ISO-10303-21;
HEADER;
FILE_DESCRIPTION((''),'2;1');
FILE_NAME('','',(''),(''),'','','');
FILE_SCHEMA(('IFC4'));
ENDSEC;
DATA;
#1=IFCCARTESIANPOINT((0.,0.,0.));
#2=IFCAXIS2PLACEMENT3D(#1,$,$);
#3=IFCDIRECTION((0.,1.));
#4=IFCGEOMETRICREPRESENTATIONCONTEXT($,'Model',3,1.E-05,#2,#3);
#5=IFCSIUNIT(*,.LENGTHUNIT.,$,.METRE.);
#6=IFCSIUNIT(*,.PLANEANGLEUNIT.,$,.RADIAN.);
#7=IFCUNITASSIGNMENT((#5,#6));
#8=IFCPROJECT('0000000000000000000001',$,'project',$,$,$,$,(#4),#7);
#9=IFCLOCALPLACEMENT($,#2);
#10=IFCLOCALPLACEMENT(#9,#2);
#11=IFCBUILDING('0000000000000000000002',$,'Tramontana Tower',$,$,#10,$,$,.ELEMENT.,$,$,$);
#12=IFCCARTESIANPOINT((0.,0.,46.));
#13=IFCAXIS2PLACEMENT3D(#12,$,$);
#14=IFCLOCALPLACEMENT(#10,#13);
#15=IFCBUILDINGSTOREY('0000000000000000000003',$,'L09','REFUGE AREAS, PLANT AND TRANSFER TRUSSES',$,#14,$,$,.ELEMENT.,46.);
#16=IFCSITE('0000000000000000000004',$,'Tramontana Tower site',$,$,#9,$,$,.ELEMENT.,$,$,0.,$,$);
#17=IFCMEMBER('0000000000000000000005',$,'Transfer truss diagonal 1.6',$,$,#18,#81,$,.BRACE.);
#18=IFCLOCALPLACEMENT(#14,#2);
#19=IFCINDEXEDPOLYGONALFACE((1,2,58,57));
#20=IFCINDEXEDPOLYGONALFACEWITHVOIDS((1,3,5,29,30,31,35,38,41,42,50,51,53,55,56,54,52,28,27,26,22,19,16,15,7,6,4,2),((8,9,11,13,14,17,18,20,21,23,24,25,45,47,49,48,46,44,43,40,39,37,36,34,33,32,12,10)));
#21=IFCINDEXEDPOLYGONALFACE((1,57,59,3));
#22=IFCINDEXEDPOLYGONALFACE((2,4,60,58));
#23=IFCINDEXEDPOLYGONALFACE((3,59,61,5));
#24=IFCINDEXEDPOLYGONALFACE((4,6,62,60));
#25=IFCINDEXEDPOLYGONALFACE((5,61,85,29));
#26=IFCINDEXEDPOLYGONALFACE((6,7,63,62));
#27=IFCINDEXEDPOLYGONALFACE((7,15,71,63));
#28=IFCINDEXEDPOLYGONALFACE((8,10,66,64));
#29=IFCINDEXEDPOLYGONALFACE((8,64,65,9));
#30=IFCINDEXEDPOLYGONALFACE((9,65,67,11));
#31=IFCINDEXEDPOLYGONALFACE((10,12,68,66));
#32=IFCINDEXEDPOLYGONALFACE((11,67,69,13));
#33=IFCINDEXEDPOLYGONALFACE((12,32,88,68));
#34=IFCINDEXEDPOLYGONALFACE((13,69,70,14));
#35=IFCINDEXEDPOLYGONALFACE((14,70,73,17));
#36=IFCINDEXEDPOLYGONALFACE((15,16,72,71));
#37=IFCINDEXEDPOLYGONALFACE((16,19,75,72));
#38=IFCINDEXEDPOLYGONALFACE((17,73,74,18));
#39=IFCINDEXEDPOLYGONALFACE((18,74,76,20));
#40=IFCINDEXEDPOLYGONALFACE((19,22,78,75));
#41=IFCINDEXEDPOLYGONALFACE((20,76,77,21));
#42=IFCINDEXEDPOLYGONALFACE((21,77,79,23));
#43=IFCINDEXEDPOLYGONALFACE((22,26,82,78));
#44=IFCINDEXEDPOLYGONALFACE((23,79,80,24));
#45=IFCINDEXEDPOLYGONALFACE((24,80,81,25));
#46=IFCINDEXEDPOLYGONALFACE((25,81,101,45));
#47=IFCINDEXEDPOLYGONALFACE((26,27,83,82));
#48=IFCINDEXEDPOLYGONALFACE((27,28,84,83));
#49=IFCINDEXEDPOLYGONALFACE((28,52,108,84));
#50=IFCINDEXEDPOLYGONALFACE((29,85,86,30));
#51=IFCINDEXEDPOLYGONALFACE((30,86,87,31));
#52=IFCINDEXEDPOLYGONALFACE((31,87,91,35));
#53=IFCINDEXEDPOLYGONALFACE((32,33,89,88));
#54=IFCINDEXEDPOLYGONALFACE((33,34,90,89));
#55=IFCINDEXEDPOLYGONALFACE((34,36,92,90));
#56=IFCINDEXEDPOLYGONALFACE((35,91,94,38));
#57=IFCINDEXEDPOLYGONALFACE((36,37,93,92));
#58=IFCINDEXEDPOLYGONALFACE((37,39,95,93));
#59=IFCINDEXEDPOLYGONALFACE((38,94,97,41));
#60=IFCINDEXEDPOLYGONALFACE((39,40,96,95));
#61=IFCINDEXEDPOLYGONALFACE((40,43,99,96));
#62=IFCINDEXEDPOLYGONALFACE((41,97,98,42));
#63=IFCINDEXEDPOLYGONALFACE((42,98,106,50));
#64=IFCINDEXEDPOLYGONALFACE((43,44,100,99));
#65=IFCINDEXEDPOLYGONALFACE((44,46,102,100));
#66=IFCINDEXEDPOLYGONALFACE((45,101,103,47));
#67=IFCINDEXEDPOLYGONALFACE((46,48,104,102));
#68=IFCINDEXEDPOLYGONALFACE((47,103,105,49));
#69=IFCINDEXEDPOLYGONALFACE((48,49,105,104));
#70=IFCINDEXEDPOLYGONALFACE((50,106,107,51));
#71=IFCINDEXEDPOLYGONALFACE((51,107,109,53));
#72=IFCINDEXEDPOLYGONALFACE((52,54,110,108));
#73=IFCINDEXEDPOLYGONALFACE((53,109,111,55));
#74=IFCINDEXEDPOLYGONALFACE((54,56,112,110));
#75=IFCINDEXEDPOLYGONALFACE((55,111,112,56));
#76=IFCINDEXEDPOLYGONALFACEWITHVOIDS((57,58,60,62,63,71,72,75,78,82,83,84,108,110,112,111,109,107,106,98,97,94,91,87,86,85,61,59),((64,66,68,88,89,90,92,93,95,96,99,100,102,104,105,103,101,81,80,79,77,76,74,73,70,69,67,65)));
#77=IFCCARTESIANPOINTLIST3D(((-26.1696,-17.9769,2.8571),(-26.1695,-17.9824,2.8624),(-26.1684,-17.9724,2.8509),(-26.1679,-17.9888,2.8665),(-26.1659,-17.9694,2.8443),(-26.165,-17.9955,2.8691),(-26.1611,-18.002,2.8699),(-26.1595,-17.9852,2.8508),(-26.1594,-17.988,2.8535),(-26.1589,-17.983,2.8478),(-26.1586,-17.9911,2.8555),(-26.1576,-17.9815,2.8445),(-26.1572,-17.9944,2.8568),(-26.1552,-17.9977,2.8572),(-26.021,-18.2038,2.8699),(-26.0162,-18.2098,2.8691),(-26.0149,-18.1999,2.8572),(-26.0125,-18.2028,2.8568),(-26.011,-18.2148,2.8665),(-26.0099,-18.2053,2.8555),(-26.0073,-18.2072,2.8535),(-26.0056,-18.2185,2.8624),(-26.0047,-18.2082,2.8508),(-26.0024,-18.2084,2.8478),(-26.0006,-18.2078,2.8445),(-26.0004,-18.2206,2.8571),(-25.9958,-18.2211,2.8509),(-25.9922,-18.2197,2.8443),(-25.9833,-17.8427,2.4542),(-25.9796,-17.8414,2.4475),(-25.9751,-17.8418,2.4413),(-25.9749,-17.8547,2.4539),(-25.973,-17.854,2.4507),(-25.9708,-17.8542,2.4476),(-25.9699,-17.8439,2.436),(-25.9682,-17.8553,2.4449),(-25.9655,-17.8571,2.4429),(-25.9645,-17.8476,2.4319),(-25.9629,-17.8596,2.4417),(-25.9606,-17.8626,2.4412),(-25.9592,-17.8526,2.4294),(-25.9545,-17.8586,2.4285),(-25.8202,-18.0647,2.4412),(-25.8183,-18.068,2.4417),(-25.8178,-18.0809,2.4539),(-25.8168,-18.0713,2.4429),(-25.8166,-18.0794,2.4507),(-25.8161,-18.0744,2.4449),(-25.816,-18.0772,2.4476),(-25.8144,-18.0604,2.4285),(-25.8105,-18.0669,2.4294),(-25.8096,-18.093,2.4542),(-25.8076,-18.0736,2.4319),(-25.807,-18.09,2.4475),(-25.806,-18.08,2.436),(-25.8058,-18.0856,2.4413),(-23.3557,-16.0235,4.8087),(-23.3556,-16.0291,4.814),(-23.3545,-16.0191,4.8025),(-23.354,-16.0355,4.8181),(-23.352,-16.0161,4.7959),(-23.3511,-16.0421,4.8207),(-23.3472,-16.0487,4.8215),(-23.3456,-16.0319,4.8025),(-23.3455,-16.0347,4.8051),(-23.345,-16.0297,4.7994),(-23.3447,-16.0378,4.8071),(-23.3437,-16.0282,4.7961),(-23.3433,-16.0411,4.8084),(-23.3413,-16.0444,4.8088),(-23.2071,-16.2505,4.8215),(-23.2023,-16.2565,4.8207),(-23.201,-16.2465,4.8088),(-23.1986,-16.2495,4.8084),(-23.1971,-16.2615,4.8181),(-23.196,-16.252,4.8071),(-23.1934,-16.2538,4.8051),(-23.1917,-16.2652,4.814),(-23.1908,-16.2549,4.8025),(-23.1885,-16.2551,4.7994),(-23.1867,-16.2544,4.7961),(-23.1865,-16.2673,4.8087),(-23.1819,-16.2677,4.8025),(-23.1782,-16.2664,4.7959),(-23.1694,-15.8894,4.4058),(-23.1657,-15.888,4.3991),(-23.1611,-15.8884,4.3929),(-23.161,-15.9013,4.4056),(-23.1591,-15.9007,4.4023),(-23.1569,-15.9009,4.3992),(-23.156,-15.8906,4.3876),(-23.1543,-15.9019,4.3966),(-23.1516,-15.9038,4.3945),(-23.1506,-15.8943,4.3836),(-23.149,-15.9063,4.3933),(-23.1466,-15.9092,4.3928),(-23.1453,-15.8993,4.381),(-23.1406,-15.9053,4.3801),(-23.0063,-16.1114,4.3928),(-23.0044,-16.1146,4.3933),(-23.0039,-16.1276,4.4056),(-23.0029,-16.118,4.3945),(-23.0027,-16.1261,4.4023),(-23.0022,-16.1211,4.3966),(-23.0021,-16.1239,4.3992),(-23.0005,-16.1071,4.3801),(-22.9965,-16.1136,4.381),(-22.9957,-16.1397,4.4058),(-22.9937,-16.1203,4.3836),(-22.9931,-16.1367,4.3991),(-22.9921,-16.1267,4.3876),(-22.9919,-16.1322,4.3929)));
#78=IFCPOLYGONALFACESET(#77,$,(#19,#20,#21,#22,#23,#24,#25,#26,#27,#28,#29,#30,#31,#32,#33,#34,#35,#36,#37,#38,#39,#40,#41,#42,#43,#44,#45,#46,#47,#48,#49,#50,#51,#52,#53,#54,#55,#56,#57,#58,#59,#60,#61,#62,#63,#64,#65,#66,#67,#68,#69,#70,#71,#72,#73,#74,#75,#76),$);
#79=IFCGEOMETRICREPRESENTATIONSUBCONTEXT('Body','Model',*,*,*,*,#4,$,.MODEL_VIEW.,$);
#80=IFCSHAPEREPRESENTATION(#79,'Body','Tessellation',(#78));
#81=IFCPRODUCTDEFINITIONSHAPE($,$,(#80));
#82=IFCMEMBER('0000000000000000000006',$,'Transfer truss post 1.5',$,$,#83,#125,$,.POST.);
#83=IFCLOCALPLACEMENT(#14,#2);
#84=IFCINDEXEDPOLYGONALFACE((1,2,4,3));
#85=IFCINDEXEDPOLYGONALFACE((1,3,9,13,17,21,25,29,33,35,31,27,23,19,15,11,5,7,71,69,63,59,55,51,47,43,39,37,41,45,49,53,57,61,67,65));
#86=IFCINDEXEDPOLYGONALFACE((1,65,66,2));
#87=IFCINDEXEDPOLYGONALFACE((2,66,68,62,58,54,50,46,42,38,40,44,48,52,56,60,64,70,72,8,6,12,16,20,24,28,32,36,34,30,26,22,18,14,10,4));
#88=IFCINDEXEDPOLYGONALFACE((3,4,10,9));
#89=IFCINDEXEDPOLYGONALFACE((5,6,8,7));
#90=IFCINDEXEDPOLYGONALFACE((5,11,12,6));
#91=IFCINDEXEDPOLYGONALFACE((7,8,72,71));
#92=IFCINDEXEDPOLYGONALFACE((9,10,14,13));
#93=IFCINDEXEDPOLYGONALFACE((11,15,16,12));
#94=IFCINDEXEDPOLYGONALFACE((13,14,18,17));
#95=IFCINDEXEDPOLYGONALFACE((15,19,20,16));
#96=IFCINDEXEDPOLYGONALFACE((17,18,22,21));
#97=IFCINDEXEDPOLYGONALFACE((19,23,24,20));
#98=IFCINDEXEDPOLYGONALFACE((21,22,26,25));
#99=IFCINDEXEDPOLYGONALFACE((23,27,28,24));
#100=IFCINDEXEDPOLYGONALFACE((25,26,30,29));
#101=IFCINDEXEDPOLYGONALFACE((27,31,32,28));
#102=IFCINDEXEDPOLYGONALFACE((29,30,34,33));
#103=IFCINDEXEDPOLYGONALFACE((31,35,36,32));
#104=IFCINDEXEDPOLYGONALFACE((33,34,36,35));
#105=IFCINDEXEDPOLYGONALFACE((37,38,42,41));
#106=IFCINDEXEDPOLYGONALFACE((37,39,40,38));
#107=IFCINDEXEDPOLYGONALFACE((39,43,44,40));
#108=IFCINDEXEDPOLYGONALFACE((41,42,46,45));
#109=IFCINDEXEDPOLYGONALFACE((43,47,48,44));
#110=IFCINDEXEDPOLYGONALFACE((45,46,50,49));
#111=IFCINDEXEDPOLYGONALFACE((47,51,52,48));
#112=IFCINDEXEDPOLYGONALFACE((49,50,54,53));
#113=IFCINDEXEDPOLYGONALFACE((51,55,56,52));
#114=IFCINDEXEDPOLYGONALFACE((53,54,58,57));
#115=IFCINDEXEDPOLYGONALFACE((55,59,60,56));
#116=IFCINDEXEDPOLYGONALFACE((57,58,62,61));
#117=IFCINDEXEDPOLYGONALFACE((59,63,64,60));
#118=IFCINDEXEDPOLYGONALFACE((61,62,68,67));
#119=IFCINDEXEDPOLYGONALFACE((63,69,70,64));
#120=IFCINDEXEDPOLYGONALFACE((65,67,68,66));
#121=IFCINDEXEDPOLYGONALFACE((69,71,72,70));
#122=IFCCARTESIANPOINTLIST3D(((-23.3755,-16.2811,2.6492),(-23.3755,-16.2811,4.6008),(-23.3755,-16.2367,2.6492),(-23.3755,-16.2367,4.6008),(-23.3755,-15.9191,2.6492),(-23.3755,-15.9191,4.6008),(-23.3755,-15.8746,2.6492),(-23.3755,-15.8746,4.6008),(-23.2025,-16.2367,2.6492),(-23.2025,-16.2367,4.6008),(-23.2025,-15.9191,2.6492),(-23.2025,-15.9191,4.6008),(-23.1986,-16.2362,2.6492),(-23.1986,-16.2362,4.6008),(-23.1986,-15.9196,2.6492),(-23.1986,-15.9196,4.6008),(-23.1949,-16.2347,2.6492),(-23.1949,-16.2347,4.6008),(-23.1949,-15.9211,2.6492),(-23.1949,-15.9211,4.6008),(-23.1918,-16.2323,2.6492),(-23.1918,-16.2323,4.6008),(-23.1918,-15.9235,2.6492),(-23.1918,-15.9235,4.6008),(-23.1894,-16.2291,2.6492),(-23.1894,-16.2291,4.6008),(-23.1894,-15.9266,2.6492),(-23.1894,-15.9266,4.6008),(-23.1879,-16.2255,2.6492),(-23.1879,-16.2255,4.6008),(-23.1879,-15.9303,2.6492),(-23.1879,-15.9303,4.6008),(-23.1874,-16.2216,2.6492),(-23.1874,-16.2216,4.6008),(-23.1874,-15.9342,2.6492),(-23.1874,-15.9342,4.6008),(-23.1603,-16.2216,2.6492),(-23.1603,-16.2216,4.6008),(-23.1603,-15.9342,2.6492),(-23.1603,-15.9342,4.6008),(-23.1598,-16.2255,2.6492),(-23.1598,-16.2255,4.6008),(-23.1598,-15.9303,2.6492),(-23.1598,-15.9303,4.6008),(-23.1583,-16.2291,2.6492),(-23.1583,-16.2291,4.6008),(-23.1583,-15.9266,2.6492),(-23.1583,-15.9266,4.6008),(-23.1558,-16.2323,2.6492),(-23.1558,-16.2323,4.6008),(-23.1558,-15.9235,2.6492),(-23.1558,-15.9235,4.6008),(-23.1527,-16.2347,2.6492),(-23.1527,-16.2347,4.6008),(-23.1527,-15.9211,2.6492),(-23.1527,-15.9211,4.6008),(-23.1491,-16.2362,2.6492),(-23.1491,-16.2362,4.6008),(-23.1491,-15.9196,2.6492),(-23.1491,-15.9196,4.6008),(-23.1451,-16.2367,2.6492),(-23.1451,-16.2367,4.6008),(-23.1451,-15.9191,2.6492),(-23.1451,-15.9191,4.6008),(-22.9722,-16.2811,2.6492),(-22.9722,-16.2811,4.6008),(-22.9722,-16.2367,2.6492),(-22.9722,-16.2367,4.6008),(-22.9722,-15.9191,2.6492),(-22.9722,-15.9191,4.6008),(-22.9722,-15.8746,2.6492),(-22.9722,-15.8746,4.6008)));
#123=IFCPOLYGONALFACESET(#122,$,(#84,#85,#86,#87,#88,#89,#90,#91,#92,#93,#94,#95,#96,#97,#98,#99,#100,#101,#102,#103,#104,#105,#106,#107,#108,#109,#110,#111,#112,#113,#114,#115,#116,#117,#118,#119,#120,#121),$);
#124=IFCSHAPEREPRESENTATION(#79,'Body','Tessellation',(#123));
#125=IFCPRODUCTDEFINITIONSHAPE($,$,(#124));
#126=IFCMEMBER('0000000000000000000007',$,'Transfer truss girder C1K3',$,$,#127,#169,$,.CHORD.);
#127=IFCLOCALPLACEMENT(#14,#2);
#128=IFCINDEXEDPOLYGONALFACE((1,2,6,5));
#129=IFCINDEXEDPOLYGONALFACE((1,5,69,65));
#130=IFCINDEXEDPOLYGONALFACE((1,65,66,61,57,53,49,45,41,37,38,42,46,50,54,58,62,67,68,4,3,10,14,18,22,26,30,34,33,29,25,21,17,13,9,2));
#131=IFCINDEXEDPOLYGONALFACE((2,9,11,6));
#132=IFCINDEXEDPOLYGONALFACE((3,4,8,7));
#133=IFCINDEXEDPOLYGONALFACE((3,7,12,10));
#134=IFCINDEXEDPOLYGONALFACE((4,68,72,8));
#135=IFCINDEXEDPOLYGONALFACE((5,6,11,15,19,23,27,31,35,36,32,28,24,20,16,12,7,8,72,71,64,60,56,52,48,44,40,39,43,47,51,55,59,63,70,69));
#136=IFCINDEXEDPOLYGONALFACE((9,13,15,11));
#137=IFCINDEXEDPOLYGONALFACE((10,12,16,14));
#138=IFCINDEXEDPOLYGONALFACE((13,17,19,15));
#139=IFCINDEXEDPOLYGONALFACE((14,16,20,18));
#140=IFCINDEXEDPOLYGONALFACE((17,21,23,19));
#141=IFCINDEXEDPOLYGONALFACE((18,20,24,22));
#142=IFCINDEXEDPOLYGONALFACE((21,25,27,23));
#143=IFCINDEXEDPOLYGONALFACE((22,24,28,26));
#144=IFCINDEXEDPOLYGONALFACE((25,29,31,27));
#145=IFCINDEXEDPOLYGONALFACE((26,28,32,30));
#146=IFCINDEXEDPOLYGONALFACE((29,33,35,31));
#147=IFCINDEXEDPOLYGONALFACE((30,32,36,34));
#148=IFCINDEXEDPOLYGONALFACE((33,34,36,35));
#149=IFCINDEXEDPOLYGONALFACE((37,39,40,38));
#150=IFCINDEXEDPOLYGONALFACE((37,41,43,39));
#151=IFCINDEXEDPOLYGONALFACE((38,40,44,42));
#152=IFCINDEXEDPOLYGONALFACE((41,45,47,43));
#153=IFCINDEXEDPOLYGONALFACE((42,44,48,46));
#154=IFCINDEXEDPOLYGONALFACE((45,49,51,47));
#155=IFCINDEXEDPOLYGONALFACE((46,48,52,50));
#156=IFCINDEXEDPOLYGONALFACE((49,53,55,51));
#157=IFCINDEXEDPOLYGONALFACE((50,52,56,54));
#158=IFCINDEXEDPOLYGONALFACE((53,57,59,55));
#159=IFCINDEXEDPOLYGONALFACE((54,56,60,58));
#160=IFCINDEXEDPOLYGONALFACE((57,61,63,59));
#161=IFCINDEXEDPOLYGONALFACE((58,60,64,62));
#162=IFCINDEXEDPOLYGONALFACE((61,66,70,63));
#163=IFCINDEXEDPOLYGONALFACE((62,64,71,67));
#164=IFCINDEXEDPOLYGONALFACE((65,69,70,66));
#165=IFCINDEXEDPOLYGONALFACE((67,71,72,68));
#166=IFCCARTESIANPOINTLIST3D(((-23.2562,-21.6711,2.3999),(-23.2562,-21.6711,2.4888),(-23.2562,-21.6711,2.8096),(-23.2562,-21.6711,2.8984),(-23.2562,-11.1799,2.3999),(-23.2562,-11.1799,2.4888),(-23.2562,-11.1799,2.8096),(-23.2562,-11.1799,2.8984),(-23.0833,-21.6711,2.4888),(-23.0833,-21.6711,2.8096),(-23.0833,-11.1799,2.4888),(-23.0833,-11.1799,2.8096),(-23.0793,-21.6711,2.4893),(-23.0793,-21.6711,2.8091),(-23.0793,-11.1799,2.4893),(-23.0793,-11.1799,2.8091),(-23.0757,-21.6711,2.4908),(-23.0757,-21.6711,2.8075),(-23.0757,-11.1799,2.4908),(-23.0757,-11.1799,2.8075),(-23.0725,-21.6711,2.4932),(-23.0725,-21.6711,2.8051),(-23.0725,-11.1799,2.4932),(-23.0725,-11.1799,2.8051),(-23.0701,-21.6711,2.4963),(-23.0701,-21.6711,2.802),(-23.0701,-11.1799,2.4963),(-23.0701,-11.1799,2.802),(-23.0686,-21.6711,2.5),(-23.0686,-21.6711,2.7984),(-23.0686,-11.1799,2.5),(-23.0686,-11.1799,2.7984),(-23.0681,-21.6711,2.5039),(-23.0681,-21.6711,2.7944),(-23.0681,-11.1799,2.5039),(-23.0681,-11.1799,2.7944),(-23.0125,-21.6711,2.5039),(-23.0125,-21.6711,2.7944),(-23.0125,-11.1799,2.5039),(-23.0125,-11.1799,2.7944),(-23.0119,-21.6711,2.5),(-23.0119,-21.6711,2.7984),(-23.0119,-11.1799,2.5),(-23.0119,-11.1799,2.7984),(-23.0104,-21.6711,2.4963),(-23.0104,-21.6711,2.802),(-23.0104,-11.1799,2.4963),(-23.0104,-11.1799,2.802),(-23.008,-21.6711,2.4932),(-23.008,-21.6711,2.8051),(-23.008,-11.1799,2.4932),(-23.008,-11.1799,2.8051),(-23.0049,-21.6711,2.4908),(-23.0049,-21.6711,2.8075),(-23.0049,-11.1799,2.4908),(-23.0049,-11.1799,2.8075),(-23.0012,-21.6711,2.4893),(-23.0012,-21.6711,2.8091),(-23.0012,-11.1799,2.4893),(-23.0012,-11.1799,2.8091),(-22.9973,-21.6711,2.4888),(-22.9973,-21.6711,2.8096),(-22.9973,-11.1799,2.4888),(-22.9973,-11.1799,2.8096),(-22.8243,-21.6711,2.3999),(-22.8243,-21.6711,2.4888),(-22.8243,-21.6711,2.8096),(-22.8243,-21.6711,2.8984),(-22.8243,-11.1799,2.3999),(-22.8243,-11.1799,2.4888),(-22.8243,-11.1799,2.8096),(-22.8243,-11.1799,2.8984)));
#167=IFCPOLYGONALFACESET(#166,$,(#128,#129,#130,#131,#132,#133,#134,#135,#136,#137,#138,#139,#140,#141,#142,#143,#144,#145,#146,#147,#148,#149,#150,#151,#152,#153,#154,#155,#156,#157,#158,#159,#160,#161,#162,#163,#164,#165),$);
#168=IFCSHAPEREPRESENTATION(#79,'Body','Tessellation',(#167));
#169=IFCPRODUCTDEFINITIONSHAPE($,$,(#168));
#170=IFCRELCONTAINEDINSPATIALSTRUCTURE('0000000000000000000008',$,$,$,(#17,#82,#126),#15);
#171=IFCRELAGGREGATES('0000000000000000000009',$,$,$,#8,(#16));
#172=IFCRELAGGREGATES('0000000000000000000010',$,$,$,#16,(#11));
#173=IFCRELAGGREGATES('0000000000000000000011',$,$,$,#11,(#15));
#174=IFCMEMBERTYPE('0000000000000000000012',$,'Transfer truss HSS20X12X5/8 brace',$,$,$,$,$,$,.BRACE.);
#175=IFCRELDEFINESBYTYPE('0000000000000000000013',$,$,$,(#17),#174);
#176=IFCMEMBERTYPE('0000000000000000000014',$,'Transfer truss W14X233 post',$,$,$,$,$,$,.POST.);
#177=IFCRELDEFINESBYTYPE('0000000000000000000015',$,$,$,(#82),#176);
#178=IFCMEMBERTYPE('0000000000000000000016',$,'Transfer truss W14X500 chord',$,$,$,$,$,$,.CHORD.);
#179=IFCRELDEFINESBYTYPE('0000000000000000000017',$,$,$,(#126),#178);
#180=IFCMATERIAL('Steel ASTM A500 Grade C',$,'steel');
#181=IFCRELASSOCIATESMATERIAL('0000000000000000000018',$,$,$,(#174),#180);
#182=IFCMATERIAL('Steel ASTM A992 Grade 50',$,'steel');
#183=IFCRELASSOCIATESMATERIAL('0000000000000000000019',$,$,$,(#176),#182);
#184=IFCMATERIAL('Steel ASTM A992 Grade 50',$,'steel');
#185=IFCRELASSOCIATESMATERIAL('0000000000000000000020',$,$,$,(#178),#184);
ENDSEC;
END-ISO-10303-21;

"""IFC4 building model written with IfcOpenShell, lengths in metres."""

from ifc_helpers import new_model, si_unit, direction, frame, origin, origin_2d, place, context, subcontext, project, spatial, hollow_rectangle, i_section, extrude, material, material_profile, profile_set, type_object, element, save


model = new_model("IFC4")

# Units and contexts
model_context = context("Model", 3, precision=1e-05, world=origin(), true_north=direction((0.0, 1.0)))
body_context = subcontext(model_context, "Body", "Model", "MODEL_VIEW")
ifc_project = project(units=[si_unit("LENGTHUNIT", "METRE"), si_unit("PLANEANGLEUNIT", "RADIAN")], contexts=[model_context])

# Site, building, storey
site_placement = place(None, origin())
site = spatial("IfcSite", under=ifc_project, at=site_placement, Name="Tramontana Tower site", CompositionType="ELEMENT", RefElevation=0.0)
building_placement = place(site_placement, origin())
building = spatial("IfcBuilding", under=site, at=building_placement, Name="Tramontana Tower", CompositionType="ELEMENT")
storey_placement = place(building_placement, frame((0.0, 0.0, 46.0)))
storey = spatial("IfcBuildingStorey", under=building, at=storey_placement, Name="L09", Description="REFUGE AREAS, PLANT AND TRANSFER TRUSSES", CompositionType="ELEMENT", Elevation=46.0)

# Members
ifc_material_1 = material(Name="Steel ASTM A500 Grade C", Category="steel")
ifc_material_profile_1 = material_profile(ifc_material_1, hollow_rectangle(XDim=0.3047, YDim=0.5081, WallThickness=0.0146, InnerFilletRadius=0.0146, OuterFilletRadius=0.0295, at=origin_2d()), Name="HSS20X12X5/8")
ifc_profile_set_1 = profile_set([ifc_material_profile_1], Name="Steel ASTM A500 Grade C")
member_type_1 = type_object("IfcMemberType", Name="Transfer truss HSS20X12X5/8 brace", PredefinedType="BRACE", material=ifc_profile_set_1)
member_1_placement = place(storey_placement, frame((-23.1738, -16.0779, 4.6008), z_axis=(-0.713758, -0.495469, -0.495036), x_axis=(0.570244, -0.821476, 0.0)))
element("IfcMember", 1, at=member_1_placement, inside=storey, type_object=member_type_1, Name="Transfer truss diagonal 1.6", PredefinedType="BRACE", context=body_context, shape_type="SweptSolid", body=[
    extrude(hollow_rectangle(XDim=0.3047, YDim=0.5081, WallThickness=0.0146, InnerFilletRadius=0.0146, OuterFilletRadius=0.0295, at=origin_2d()), origin(), (0.0, 0.0, 1.0), 3.9424),
])
ifc_material_2 = material(Name="Steel ASTM A992 Grade 50", Category="steel")
ifc_material_profile_2 = material_profile(ifc_material_2, i_section(OverallWidth=0.4033, OverallDepth=0.4065, WebThickness=0.0271, FlangeThickness=0.0444, FilletRadius=0.0151, at=origin_2d()), Name="W14X233")
ifc_profile_set_2 = profile_set([ifc_material_profile_2], Name="Steel ASTM A992 Grade 50")
member_type_2 = type_object("IfcMemberType", Name="Transfer truss W14X233 post", PredefinedType="POST", material=ifc_profile_set_2)
member_2_placement = place(storey_placement, frame((-23.1738, -16.0779, 2.6492), z_axis=(0.0, 0.0, 1.0), x_axis=(1.0, 0.0, 0.0)))
element("IfcMember", 2, at=member_2_placement, inside=storey, type_object=member_type_2, Name="Transfer truss post 1.5", PredefinedType="POST", context=body_context, shape_type="SweptSolid", body=[
    extrude(i_section(OverallWidth=0.4033, OverallDepth=0.4065, WebThickness=0.0271, FlangeThickness=0.0444, FilletRadius=0.0151, at=origin_2d()), origin(), (0.0, 0.0, 1.0), 1.9517),
])
ifc_material_3 = material(Name="Steel ASTM A992 Grade 50", Category="steel")
ifc_material_profile_3 = material_profile(ifc_material_3, i_section(OverallWidth=0.4319, OverallDepth=0.4985, WebThickness=0.0557, FlangeThickness=0.0889, FilletRadius=0.0151, at=origin_2d()), Name="W14X500")
ifc_profile_set_3 = profile_set([ifc_material_profile_3], Name="Steel ASTM A992 Grade 50")
member_type_3 = type_object("IfcMemberType", Name="Transfer truss W14X500 chord", PredefinedType="CHORD", material=ifc_profile_set_3)
member_3_placement = place(storey_placement, frame((-23.0403, -21.6711, 2.6492), z_axis=(0.0, 1.0, 0.0), x_axis=(-1.0, 0.0, 0.0)))
element("IfcMember", 3, at=member_3_placement, inside=storey, type_object=member_type_3, Name="Transfer truss girder C1K3", PredefinedType="CHORD", context=body_context, shape_type="SweptSolid", body=[
    extrude(i_section(OverallWidth=0.4319, OverallDepth=0.4985, WebThickness=0.0557, FlangeThickness=0.0889, FilletRadius=0.0151, at=origin_2d()), origin(), (0.0, 0.0, 1.0), 10.4912),
])

save(model, "model.ifc")
